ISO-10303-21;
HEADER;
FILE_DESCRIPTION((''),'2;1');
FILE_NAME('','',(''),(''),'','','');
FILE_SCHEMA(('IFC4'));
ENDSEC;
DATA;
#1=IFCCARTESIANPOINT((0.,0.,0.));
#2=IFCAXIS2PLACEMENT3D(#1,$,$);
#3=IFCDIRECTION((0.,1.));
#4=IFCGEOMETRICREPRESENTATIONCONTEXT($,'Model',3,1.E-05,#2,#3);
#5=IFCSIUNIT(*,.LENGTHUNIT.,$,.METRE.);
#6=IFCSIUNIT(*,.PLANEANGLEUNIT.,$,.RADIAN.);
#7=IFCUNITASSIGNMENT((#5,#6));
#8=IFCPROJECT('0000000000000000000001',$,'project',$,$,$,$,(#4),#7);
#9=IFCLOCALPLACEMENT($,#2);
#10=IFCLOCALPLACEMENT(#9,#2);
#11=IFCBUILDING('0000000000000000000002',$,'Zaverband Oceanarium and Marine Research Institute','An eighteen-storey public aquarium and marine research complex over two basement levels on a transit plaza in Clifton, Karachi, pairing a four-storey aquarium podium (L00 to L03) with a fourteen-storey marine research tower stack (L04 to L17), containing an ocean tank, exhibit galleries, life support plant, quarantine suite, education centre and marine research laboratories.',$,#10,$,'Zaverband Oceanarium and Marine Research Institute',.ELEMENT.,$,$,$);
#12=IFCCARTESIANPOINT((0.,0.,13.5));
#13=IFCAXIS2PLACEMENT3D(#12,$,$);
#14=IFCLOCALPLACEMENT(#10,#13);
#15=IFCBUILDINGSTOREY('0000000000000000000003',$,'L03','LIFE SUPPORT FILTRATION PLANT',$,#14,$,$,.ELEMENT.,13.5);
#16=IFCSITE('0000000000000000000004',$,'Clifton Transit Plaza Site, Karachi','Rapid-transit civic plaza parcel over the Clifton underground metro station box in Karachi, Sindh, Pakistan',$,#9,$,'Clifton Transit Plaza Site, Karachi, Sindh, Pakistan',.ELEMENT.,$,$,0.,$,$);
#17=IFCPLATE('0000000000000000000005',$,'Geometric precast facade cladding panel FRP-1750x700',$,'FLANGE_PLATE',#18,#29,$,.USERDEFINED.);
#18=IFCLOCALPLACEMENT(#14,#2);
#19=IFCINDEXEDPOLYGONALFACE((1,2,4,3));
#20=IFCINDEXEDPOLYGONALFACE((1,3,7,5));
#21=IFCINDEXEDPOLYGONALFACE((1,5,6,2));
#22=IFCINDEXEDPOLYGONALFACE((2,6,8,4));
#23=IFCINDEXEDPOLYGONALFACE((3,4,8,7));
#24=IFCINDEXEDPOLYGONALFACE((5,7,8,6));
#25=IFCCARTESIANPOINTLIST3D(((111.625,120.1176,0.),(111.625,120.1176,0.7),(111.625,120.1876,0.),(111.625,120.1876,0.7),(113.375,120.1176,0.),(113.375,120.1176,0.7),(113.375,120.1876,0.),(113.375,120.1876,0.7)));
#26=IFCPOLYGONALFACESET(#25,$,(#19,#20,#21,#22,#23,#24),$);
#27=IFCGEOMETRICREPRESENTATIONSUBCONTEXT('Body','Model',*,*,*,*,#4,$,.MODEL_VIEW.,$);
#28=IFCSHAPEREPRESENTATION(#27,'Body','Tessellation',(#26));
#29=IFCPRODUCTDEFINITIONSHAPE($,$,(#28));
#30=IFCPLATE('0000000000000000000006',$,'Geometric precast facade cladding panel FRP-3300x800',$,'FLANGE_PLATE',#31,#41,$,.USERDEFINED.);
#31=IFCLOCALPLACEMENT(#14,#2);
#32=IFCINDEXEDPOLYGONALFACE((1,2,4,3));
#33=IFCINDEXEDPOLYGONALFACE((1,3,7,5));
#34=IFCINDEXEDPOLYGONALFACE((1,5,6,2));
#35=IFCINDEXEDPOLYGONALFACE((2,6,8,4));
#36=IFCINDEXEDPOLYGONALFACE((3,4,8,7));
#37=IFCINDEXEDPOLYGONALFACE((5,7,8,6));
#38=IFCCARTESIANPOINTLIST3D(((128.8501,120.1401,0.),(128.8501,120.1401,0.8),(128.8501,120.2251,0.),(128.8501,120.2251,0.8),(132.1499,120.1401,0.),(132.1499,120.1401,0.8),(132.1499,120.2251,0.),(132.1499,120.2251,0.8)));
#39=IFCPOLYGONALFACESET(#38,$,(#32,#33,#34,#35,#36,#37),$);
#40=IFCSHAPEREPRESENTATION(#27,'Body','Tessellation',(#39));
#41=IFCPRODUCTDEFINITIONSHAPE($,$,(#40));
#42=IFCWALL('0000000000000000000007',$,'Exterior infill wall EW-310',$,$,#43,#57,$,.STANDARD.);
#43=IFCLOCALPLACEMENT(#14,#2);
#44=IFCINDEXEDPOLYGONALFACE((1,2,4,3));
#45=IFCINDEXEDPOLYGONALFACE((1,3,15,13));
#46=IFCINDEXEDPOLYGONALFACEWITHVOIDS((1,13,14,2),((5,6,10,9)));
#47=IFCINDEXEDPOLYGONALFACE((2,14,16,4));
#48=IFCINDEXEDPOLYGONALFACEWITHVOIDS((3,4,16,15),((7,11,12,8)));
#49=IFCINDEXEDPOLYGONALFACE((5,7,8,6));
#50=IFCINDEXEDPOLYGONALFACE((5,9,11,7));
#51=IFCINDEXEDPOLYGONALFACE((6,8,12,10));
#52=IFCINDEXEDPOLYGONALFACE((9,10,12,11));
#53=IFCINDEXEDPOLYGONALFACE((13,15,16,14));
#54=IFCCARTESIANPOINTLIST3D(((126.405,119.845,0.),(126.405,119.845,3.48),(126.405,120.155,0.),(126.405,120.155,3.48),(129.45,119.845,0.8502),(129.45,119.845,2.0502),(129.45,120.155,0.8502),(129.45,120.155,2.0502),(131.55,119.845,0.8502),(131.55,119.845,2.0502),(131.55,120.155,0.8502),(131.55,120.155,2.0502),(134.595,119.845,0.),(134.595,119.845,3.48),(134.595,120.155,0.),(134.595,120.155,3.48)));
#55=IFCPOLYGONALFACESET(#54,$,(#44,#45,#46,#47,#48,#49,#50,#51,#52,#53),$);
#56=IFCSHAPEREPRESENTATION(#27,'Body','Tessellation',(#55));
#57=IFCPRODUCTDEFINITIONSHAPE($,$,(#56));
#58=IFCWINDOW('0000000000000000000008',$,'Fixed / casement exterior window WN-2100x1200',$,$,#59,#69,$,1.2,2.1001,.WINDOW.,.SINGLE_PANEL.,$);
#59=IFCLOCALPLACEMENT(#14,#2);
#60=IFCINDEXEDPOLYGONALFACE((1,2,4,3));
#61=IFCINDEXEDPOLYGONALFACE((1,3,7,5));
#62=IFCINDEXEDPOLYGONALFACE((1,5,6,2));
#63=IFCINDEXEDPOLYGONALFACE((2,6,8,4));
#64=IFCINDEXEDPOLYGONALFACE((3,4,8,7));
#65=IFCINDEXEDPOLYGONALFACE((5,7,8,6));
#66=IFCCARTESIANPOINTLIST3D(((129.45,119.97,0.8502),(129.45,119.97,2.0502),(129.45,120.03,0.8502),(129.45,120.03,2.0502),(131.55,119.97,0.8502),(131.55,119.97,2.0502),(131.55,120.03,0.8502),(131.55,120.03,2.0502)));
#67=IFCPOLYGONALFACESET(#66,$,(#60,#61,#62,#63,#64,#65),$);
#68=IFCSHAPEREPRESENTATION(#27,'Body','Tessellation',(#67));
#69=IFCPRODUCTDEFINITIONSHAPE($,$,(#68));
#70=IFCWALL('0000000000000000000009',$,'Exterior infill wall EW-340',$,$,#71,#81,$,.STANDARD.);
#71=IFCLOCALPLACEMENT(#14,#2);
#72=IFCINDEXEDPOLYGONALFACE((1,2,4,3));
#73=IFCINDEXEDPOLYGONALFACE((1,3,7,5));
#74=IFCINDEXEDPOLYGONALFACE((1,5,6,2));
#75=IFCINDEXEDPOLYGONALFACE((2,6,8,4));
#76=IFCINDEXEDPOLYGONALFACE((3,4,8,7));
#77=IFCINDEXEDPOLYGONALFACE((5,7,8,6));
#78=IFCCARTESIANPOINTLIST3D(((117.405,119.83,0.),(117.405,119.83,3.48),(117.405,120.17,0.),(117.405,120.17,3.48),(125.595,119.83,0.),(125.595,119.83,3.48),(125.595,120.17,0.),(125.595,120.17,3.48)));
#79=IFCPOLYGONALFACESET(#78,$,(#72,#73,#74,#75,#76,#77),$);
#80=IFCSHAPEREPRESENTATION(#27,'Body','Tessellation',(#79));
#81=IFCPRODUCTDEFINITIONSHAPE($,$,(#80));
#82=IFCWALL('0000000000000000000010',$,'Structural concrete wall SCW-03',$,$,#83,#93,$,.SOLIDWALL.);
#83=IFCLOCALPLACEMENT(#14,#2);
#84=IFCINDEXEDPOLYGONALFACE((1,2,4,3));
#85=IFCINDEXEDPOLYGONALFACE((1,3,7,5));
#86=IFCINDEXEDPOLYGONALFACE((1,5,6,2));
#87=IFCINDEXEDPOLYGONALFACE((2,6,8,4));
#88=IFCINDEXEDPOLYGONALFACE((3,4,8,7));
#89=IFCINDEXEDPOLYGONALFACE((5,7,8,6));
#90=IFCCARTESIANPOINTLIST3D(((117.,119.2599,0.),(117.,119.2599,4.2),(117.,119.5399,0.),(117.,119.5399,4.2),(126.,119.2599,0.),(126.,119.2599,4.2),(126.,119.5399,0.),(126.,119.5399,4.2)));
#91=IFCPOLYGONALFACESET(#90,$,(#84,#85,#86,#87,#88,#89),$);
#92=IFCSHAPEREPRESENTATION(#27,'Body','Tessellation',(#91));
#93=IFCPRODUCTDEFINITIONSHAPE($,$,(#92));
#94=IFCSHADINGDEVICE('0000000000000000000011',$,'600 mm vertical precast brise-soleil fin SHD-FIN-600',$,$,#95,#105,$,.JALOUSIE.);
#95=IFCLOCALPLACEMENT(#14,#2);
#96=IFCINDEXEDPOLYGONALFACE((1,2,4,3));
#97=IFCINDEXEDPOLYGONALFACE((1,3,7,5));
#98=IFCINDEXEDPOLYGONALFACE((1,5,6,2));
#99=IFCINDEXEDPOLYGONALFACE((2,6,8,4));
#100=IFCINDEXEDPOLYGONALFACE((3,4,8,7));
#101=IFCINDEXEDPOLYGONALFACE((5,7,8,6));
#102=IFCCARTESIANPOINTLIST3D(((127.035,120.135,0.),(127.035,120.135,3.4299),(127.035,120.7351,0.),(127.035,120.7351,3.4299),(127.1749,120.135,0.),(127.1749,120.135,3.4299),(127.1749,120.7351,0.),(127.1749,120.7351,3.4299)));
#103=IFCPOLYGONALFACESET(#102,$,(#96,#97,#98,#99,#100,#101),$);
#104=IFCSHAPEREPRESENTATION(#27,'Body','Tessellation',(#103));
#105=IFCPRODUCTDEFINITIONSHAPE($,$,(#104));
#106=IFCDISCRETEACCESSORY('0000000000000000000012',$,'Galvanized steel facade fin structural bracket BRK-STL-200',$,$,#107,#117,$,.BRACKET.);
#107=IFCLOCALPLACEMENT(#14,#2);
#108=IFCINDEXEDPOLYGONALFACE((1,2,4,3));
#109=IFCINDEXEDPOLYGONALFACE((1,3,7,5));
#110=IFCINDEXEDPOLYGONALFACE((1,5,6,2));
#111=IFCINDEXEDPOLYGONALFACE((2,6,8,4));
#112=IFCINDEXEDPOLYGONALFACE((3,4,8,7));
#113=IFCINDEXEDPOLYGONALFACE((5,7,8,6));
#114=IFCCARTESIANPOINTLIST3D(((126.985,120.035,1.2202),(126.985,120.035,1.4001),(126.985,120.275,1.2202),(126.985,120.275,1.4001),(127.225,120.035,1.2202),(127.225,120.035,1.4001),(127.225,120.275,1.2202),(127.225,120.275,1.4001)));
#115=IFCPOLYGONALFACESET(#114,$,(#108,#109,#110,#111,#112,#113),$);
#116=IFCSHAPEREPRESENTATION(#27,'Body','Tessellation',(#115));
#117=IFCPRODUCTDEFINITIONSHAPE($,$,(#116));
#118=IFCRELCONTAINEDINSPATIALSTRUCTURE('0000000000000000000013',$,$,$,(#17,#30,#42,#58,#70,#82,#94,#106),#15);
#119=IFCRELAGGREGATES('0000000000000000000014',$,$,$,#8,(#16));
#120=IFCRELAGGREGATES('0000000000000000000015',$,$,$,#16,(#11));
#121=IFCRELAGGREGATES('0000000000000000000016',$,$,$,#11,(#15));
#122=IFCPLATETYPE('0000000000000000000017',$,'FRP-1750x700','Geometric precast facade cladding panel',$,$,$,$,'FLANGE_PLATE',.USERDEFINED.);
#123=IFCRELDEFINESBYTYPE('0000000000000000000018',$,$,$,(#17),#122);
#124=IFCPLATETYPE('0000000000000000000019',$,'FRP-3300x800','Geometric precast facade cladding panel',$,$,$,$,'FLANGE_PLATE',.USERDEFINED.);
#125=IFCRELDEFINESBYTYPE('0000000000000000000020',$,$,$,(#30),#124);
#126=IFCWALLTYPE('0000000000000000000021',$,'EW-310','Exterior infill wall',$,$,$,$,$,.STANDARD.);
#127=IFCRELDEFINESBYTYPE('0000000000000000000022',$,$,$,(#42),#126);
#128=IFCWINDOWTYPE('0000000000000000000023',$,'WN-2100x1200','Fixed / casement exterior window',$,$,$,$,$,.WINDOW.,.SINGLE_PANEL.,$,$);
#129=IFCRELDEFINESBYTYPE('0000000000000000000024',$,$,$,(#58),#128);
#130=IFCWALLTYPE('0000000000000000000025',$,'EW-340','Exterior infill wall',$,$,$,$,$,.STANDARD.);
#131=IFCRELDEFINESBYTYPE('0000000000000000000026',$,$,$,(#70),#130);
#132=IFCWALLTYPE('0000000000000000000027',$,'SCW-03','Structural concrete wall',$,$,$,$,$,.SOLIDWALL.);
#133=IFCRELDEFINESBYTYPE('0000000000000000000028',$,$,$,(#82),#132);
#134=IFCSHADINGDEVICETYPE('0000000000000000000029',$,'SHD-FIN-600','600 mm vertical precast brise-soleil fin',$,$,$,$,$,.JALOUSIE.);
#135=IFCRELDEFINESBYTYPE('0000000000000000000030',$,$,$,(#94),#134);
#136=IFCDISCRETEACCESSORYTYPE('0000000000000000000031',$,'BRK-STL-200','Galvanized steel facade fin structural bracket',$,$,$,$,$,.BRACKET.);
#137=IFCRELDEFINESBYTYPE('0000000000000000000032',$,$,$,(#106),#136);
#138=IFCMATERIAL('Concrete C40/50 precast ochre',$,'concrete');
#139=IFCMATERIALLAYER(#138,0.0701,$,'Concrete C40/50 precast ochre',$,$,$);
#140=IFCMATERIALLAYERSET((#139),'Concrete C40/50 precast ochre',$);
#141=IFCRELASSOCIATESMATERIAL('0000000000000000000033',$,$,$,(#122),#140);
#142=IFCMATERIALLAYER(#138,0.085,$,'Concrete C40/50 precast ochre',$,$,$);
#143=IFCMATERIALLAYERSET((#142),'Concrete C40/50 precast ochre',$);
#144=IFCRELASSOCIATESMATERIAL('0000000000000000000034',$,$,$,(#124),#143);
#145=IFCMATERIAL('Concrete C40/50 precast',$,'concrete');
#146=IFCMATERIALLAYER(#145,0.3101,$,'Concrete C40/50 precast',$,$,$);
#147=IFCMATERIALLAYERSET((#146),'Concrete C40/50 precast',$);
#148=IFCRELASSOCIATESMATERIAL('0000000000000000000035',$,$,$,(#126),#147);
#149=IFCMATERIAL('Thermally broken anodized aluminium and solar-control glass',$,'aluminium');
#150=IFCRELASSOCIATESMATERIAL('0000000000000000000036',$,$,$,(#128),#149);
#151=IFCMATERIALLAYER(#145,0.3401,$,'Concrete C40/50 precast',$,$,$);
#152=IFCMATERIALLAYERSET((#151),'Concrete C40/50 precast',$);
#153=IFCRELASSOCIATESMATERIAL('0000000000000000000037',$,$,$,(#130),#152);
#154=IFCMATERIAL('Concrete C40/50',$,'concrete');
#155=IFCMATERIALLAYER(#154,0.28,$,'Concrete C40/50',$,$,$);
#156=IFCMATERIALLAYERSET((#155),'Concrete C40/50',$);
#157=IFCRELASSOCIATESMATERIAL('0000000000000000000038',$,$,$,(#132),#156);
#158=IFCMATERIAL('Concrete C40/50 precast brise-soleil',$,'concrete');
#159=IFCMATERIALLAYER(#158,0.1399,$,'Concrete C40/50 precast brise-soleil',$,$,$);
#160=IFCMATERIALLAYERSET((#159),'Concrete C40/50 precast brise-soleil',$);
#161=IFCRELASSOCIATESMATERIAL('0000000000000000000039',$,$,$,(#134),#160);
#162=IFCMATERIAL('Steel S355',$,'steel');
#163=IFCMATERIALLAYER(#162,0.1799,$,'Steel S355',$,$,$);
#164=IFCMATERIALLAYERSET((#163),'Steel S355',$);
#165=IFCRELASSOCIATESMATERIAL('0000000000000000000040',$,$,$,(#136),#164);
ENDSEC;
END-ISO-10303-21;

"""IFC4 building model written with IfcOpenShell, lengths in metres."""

from ifc_helpers import new_model, si_unit, direction, frame, frame_2d, origin, origin_2d, place, context, subcontext, project, spatial, rectangle, extrude, material, layer, layer_set, type_object, element, fill, save


model = new_model("IFC4")

# Units and contexts
model_context = context("Model", 3, precision=1e-05, world=origin(), true_north=direction((0.0, 1.0)))
body_context = subcontext(model_context, "Body", "Model", "MODEL_VIEW")
ifc_project = project(units=[si_unit("LENGTHUNIT", "METRE"), si_unit("PLANEANGLEUNIT", "RADIAN")], contexts=[model_context])

# Site, building, storey
site_placement = place(None, origin())
site = spatial("IfcSite", under=ifc_project, at=site_placement, Name="Clifton Transit Plaza Site, Karachi", Description="Rapid-transit civic plaza parcel over the Clifton underground metro station box in Karachi, Sindh, Pakistan", LongName="Clifton Transit Plaza Site, Karachi, Sindh, Pakistan", CompositionType="ELEMENT", RefElevation=0.0)
building_placement = place(site_placement, origin())
building = spatial("IfcBuilding", under=site, at=building_placement, Name="Zaverband Oceanarium and Marine Research Institute", Description="An eighteen-storey public aquarium and marine research complex over two basement levels on a transit plaza in Clifton, Karachi, pairing a four-storey aquarium podium (L00 to L03) with a fourteen-storey marine research tower stack (L04 to L17), containing an ocean tank, exhibit galleries, life support plant, quarantine suite, education centre and marine research laboratories.", LongName="Zaverband Oceanarium and Marine Research Institute", CompositionType="ELEMENT")
storey_placement = place(building_placement, frame((0.0, 0.0, 13.5)))
storey = spatial("IfcBuildingStorey", under=building, at=storey_placement, Name="L03", Description="LIFE SUPPORT FILTRATION PLANT", CompositionType="ELEMENT", Elevation=13.5)

# Shared definitions
ifc_material_1 = material(Name="Concrete C40/50", Category="concrete")

# Plates
ifc_material_2 = material(Name="Concrete C40/50 precast ochre", Category="concrete")
ifc_layer_1 = layer(ifc_material_2, 0.0701, Name="Concrete C40/50 precast ochre")
ifc_layer_set_1 = layer_set([ifc_layer_1], Name="Concrete C40/50 precast ochre")
plate_type_1 = type_object("IfcPlateType", Name="FRP-1750x700", Description="Geometric precast facade cladding panel", ElementType="FLANGE_PLATE", PredefinedType="USERDEFINED", material=ifc_layer_set_1)
plate_1_placement = place(storey_placement, frame((111.625, 120.1526, 0.0), z_axis=(0.0, 0.0, 1.0), x_axis=(1.0, 0.0, 0.0)))
element("IfcPlate", 1, at=plate_1_placement, inside=storey, type_object=plate_type_1, Name="Geometric precast facade cladding panel FRP-1750x700", ObjectType="FLANGE_PLATE", PredefinedType="USERDEFINED", context=body_context, shape_type="SweptSolid", body=[
    extrude(rectangle(XDim=1.75, YDim=0.0701, at=frame_2d((0.875, 0.0))), origin(), (0.0, 0.0, 1.0), 0.7),
])
ifc_layer_2 = layer(ifc_material_2, 0.085, Name="Concrete C40/50 precast ochre")
ifc_layer_set_2 = layer_set([ifc_layer_2], Name="Concrete C40/50 precast ochre")
plate_type_2 = type_object("IfcPlateType", Name="FRP-3300x800", Description="Geometric precast facade cladding panel", ElementType="FLANGE_PLATE", PredefinedType="USERDEFINED", material=ifc_layer_set_2)
plate_2_placement = place(storey_placement, frame((128.8501, 120.1826, 0.0), z_axis=(0.0, 0.0, 1.0), x_axis=(1.0, 0.0, 0.0)))
element("IfcPlate", 2, at=plate_2_placement, inside=storey, type_object=plate_type_2, Name="Geometric precast facade cladding panel FRP-3300x800", ObjectType="FLANGE_PLATE", PredefinedType="USERDEFINED", context=body_context, shape_type="SweptSolid", body=[
    extrude(rectangle(XDim=3.2998, YDim=0.085, at=frame_2d((1.6499, 0.0))), origin(), (0.0, 0.0, 1.0), 0.8),
])

# Wall, opening, window
ifc_material_3 = material(Name="Concrete C40/50 precast", Category="concrete")
ifc_layer_3 = layer(ifc_material_3, 0.3101, Name="Concrete C40/50 precast")
ifc_layer_set_3 = layer_set([ifc_layer_3], Name="Concrete C40/50 precast")
wall_type_1 = type_object("IfcWallType", Name="EW-310", Description="Exterior infill wall", PredefinedType="STANDARD", material=ifc_layer_set_3)
wall_1_placement = place(storey_placement, frame((126.405, 120.0, 0.0), z_axis=(0.0, 0.0, 1.0), x_axis=(1.0, 0.0, 0.0)))
wall_1 = element("IfcWall", 3, at=wall_1_placement, inside=storey, type_object=wall_type_1, Name="Exterior infill wall EW-310", PredefinedType="STANDARD", context=body_context, shape_type="SweptSolid", body=[
    extrude(rectangle(XDim=8.1899, YDim=0.3101, at=frame_2d((4.095, 0.0))), origin(), (0.0, 0.0, 1.0), 3.48),
])
opening_placement = place(wall_1_placement, frame((3.0449, 0.0, 0.8501)))
opening = element("IfcOpeningElement", 4, at=opening_placement, cuts=wall_1, PredefinedType="OPENING", context=body_context, shape_type="SweptSolid", body=[
    extrude(rectangle(XDim=2.1001, YDim=1.2, at=frame_2d((1.05, 0.6001))), frame((0.0, 0.167, 0.0), z_axis=(0.0, -1.0, 0.0), x_axis=(1.0, 0.0, 0.0)), (0.0, 0.0, 1.0), 0.334),
])
ifc_material_4 = material(Name="Thermally broken anodized aluminium and solar-control glass", Category="aluminium")
window_type = type_object("IfcWindowType", Name="WN-2100x1200", Description="Fixed / casement exterior window", PartitioningType="SINGLE_PANEL", PredefinedType="WINDOW", material=ifc_material_4)
window_placement = place(opening_placement, origin())
window = element("IfcWindow", 5, at=window_placement, inside=storey, type_object=window_type, Name="Fixed / casement exterior window WN-2100x1200", OverallHeight=1.2, OverallWidth=2.1001, PartitioningType="SINGLE_PANEL", PredefinedType="WINDOW", context=body_context, shape_type="SweptSolid", body=[
    extrude(rectangle(XDim=2.1001, YDim=1.2, at=frame_2d((1.05, 0.6001))), frame((0.0, 0.03, 0.0), z_axis=(0.0, -1.0, 0.0), x_axis=(1.0, 0.0, 0.0)), (0.0, 0.0, 1.0), 0.0601),
])
fill(opening, window)

# Walls
ifc_layer_4 = layer(ifc_material_3, 0.3401, Name="Concrete C40/50 precast")
ifc_layer_set_4 = layer_set([ifc_layer_4], Name="Concrete C40/50 precast")
wall_type_2 = type_object("IfcWallType", Name="EW-340", Description="Exterior infill wall", PredefinedType="STANDARD", material=ifc_layer_set_4)
wall_2_placement = place(storey_placement, frame((117.405, 120.0, 0.0), z_axis=(0.0, 0.0, 1.0), x_axis=(1.0, 0.0, 0.0)))
element("IfcWall", 6, at=wall_2_placement, inside=storey, type_object=wall_type_2, Name="Exterior infill wall EW-340", PredefinedType="STANDARD", context=body_context, shape_type="SweptSolid", body=[
    extrude(rectangle(XDim=8.1899, YDim=0.3401, at=frame_2d((4.095, 0.0))), origin(), (0.0, 0.0, 1.0), 3.48),
])
ifc_layer_5 = layer(ifc_material_1, 0.28, Name="Concrete C40/50")
ifc_layer_set_5 = layer_set([ifc_layer_5], Name="Concrete C40/50")
wall_type_3 = type_object("IfcWallType", Name="SCW-03", Description="Structural concrete wall", PredefinedType="SOLIDWALL", material=ifc_layer_set_5)
wall_3_placement = place(storey_placement, frame((117.0, 119.3999, 0.0), z_axis=(0.0, 0.0, 1.0), x_axis=(1.0, 0.0, 0.0)))
element("IfcWall", 7, at=wall_3_placement, inside=storey, type_object=wall_type_3, Name="Structural concrete wall SCW-03", PredefinedType="SOLIDWALL", context=body_context, shape_type="SweptSolid", body=[
    extrude(rectangle(XDim=9.0, YDim=0.28, at=frame_2d((4.5, 0.0))), origin(), (0.0, 0.0, 1.0), 4.2),
])

# Shading device
ifc_material_5 = material(Name="Concrete C40/50 precast brise-soleil", Category="concrete")
ifc_layer_6 = layer(ifc_material_5, 0.1399, Name="Concrete C40/50 precast brise-soleil")
ifc_layer_set_6 = layer_set([ifc_layer_6], Name="Concrete C40/50 precast brise-soleil")
shading_device_type = type_object("IfcShadingDeviceType", Name="SHD-FIN-600", Description="600 mm vertical precast brise-soleil fin", PredefinedType="JALOUSIE", material=ifc_layer_set_6)
shading_device_placement = place(storey_placement, frame((127.105, 120.135, 0.0), z_axis=(0.0, 0.0, 1.0), x_axis=(0.0, 1.0, 0.0)))
element("IfcShadingDevice", 8, at=shading_device_placement, inside=storey, type_object=shading_device_type, Name="600 mm vertical precast brise-soleil fin SHD-FIN-600", PredefinedType="JALOUSIE", context=body_context, shape_type="SweptSolid", body=[
    extrude(rectangle(XDim=0.6001, YDim=0.1399, at=frame_2d((0.3, 0.0))), origin(), (0.0, 0.0, 1.0), 3.4299),
])

# Discrete accessory
ifc_material_6 = material(Name="Steel S355", Category="steel")
ifc_layer_7 = layer(ifc_material_6, 0.1799, Name="Steel S355")
ifc_layer_set_7 = layer_set([ifc_layer_7], Name="Steel S355")
discrete_accessory_type = type_object("IfcDiscreteAccessoryType", Name="BRK-STL-200", Description="Galvanized steel facade fin structural bracket", PredefinedType="BRACKET", material=ifc_layer_set_7)
discrete_accessory_placement = place(storey_placement, frame((127.105, 120.155, 1.2202), z_axis=(0.0, 0.0, 1.0), x_axis=(1.0, 0.0, 0.0)))
element("IfcDiscreteAccessory", 9, at=discrete_accessory_placement, inside=storey, type_object=discrete_accessory_type, Name="Galvanized steel facade fin structural bracket BRK-STL-200", PredefinedType="BRACKET", context=body_context, shape_type="SweptSolid", body=[
    extrude(rectangle(XDim=0.24, YDim=0.24, at=origin_2d()), origin(), (0.0, 0.0, 1.0), 0.1799),
])

save(model, "model.ifc")
